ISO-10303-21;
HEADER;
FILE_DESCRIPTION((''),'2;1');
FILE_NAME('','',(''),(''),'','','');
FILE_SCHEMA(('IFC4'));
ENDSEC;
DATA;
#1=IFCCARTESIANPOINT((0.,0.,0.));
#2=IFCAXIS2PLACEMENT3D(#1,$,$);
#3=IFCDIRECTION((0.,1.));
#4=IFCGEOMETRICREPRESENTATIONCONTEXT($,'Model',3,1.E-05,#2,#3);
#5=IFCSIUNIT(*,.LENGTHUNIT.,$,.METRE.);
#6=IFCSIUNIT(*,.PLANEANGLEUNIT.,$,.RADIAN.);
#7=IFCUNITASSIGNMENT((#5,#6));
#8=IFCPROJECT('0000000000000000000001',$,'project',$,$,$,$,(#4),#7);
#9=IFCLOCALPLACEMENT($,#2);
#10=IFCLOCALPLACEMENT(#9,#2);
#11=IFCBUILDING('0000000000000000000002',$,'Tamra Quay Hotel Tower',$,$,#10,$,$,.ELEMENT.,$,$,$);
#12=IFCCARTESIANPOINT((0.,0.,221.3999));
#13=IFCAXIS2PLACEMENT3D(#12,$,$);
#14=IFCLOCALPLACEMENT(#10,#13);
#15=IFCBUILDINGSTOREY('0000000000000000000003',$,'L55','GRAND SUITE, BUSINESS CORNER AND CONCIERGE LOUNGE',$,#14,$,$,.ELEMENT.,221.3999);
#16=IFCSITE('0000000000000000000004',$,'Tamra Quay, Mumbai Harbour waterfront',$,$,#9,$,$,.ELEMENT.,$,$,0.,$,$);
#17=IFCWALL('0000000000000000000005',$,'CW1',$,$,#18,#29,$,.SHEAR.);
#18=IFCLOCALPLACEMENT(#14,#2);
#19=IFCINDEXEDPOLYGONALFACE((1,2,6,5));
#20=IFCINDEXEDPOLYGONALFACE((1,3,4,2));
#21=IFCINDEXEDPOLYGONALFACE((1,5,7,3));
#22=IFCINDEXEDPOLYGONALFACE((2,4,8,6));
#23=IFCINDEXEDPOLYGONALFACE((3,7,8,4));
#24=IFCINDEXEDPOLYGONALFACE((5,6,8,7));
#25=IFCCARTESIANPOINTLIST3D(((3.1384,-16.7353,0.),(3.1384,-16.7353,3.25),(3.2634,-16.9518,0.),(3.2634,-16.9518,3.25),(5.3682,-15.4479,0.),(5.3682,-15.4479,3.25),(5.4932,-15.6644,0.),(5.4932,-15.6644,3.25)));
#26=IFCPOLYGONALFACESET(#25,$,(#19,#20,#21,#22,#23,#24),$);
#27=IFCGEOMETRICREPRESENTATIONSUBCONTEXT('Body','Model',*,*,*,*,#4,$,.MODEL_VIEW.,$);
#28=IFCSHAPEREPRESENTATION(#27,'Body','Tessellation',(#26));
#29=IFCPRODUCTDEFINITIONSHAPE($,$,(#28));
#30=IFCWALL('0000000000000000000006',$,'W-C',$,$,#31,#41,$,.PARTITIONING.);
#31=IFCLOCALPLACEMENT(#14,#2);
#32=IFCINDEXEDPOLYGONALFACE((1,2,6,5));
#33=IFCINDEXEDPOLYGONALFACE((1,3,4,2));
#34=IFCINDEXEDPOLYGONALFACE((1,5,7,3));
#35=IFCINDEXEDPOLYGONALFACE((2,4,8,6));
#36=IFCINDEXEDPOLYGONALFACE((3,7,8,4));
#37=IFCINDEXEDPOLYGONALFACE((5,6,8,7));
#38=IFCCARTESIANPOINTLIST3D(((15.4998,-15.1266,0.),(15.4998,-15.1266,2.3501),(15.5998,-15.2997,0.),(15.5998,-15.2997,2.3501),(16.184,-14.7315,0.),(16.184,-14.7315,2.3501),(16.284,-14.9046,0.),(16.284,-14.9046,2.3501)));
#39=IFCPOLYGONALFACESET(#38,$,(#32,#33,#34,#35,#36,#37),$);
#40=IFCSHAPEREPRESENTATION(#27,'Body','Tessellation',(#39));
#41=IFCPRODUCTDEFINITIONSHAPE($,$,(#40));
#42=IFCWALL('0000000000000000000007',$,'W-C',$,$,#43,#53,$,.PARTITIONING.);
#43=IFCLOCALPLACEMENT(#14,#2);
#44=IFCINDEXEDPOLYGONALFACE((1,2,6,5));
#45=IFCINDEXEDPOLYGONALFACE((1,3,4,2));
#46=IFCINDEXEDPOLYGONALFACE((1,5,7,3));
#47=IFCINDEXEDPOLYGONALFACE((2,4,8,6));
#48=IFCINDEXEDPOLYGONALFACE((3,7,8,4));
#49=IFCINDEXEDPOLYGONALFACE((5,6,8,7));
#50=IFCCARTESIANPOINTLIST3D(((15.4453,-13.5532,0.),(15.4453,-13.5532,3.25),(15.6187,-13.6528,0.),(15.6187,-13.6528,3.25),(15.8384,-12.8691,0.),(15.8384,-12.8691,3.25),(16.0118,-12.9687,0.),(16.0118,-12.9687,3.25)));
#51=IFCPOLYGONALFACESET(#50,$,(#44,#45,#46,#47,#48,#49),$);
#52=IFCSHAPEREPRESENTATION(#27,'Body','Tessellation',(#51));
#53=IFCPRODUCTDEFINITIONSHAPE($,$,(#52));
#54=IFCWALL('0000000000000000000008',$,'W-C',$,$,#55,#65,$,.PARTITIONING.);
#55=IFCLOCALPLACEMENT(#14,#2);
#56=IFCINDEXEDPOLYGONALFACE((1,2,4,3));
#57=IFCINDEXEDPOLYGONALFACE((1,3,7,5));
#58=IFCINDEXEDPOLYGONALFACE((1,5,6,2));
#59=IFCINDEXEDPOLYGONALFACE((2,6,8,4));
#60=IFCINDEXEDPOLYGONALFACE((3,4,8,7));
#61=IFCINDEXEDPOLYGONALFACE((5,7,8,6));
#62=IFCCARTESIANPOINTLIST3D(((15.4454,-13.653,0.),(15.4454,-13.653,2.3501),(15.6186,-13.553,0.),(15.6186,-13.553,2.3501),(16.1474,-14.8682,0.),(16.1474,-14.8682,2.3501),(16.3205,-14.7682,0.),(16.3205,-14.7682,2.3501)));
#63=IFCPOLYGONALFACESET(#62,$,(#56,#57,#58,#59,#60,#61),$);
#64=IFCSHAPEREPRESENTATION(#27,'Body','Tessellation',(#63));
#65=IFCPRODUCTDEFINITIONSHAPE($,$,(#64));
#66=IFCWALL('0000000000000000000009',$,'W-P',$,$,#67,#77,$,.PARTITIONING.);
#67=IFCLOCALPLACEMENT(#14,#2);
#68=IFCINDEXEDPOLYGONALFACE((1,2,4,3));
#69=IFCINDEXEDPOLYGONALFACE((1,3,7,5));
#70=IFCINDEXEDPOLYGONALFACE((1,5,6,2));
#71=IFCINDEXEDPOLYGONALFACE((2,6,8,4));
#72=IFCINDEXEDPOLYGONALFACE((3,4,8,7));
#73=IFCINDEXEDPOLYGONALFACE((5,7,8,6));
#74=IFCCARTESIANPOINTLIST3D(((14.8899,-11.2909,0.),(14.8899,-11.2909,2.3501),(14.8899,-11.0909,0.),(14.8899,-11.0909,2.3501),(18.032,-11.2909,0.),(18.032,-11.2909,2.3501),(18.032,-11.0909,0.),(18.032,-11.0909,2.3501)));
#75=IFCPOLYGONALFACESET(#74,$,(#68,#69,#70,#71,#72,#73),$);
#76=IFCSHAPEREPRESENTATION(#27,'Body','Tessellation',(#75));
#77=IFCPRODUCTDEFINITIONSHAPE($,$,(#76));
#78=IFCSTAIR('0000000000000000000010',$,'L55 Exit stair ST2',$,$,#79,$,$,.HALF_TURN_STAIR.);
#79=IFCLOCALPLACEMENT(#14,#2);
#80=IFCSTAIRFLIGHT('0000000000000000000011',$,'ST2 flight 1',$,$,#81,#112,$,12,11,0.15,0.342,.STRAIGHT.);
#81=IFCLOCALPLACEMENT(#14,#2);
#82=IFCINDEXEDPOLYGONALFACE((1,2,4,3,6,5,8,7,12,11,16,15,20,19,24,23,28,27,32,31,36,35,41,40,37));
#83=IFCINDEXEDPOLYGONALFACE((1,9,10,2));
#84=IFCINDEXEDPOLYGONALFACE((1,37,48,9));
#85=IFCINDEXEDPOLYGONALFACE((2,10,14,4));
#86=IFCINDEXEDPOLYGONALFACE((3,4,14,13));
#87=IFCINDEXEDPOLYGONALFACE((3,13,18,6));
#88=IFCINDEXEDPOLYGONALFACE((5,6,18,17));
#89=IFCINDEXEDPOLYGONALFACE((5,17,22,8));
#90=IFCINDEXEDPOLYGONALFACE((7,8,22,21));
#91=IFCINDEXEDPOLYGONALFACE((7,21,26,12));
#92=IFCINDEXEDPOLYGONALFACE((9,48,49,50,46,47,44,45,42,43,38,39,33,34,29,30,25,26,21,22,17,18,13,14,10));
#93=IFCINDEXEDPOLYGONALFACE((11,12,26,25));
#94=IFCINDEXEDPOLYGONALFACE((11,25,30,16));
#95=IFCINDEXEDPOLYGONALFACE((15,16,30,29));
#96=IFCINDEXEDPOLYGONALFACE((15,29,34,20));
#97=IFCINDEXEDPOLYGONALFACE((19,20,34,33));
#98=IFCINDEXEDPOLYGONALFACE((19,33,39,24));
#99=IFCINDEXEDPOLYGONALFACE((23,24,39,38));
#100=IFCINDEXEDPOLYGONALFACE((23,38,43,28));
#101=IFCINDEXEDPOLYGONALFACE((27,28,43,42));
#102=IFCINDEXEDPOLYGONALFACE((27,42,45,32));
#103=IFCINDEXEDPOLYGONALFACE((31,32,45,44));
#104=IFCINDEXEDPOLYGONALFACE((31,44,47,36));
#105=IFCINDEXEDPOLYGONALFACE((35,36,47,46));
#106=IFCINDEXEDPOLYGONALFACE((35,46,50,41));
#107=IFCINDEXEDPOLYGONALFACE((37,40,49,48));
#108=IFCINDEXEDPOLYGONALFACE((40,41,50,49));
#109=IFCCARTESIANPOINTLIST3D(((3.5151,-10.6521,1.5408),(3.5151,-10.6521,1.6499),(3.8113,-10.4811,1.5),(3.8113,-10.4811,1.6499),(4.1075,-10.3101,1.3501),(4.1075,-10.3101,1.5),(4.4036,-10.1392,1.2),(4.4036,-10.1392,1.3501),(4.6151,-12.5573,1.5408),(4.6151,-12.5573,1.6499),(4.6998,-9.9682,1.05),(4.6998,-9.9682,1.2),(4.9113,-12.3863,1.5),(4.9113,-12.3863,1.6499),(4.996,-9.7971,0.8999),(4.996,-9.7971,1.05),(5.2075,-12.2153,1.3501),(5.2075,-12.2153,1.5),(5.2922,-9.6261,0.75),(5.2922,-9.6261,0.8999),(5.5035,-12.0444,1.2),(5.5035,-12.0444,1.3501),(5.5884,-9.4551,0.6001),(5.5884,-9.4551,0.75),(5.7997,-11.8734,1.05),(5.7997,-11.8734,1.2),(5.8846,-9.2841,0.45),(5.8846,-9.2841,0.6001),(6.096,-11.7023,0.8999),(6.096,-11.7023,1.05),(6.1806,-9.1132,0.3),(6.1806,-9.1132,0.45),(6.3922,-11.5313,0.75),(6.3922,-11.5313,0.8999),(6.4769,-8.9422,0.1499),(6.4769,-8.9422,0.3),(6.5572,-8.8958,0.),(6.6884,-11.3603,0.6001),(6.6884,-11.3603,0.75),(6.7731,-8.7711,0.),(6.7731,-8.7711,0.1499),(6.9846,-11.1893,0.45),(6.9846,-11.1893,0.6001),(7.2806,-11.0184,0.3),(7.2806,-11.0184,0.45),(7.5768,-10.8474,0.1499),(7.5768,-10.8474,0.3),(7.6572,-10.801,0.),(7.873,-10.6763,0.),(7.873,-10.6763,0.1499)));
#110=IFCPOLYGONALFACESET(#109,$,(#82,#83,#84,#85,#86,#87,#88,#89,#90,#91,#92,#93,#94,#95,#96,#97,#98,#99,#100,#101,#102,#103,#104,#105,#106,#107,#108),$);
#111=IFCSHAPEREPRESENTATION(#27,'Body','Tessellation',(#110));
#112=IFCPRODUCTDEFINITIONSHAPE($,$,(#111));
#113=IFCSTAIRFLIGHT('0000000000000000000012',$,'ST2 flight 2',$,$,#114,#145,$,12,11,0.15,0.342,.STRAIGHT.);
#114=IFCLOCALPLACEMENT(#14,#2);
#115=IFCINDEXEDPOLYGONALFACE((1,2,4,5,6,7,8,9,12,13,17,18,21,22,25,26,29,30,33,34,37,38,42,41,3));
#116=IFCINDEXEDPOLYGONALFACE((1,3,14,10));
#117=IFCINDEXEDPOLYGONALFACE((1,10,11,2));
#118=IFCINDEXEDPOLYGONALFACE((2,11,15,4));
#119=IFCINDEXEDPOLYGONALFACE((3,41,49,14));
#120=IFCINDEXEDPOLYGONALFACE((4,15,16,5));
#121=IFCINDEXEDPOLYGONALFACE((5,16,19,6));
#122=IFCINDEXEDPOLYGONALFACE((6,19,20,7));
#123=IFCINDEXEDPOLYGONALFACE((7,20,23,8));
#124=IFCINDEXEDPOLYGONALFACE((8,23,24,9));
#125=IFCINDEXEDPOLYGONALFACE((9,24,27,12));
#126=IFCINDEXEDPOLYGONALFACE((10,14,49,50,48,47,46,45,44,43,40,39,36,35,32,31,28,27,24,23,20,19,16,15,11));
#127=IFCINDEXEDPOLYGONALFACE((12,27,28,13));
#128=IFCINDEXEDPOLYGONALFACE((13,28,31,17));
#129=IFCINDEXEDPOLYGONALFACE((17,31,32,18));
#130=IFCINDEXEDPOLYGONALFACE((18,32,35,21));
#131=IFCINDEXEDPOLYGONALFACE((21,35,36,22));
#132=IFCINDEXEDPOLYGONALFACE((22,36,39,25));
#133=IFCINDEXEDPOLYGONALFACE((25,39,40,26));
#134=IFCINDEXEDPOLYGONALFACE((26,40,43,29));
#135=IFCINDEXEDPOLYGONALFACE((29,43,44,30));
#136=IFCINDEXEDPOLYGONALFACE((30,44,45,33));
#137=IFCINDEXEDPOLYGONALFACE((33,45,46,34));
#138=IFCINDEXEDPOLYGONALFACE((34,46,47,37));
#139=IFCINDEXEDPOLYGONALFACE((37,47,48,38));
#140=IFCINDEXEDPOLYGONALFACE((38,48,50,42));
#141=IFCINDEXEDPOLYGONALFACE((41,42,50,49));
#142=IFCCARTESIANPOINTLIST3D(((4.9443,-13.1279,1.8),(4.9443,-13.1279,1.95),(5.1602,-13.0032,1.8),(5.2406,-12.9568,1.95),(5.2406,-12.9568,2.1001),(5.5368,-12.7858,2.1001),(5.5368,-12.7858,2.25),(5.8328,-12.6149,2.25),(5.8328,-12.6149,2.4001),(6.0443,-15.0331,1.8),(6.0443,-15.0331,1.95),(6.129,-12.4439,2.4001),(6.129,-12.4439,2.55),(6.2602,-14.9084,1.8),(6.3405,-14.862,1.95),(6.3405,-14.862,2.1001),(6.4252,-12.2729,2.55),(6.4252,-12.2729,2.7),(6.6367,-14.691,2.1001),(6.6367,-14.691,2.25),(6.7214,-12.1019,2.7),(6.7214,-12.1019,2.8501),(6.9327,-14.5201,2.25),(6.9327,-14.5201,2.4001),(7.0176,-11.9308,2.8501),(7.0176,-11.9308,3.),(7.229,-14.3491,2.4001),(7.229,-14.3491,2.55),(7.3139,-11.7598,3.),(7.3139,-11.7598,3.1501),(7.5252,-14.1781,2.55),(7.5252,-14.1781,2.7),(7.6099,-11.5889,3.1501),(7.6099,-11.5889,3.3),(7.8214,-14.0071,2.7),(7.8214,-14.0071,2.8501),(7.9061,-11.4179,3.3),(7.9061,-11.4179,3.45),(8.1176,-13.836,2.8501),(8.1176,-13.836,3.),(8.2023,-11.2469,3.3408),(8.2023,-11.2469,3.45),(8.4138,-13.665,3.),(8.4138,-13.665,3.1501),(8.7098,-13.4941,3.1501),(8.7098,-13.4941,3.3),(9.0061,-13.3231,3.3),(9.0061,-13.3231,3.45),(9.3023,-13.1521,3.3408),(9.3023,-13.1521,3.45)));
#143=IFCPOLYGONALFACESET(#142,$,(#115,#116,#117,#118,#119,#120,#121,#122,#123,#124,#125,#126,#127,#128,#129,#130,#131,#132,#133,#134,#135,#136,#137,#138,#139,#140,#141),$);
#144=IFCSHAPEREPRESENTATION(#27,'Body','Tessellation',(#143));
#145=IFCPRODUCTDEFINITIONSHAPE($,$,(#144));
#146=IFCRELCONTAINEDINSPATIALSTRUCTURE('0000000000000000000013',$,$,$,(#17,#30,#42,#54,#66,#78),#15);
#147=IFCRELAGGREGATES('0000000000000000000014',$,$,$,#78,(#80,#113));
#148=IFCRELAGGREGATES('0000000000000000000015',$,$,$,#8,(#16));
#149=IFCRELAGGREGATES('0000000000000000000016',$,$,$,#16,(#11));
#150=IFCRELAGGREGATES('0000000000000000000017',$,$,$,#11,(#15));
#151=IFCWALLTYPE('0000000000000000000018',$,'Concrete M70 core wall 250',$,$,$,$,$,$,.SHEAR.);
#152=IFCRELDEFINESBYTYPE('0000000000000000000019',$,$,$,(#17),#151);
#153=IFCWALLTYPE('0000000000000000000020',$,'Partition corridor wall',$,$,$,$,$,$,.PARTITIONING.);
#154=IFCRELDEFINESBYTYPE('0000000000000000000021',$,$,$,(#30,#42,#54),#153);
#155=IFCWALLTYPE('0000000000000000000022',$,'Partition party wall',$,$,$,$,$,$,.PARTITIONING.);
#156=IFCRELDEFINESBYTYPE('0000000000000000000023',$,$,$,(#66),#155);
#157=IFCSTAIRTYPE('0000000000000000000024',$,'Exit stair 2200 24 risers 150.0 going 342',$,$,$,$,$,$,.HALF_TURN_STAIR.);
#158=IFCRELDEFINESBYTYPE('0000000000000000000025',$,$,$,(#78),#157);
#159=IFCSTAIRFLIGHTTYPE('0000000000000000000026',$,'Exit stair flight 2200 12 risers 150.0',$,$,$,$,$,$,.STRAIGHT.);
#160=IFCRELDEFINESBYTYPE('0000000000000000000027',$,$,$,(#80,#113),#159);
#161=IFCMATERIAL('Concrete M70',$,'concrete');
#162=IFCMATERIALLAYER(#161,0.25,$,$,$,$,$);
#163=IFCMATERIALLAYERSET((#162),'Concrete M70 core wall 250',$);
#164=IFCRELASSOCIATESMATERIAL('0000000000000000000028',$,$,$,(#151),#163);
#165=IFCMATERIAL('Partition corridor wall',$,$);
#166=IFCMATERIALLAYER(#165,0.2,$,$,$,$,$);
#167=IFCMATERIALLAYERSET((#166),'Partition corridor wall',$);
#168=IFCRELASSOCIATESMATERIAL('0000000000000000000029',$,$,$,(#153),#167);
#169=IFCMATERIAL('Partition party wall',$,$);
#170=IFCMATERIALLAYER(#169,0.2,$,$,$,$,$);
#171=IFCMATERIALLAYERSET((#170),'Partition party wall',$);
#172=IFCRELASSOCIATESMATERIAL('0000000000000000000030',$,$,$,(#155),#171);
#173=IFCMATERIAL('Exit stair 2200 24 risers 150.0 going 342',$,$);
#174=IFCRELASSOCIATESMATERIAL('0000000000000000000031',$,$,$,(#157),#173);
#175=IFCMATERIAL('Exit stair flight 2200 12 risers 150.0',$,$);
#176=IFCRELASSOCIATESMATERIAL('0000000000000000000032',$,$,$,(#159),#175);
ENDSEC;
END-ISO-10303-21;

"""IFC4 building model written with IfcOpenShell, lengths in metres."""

from ifc_helpers import new_model, si_unit, direction, frame, frame_2d, origin, place, context, subcontext, project, spatial, polyline, rectangle, outline, extrude, material, layer, layer_set, type_object, element, aggregate, save


model = new_model("IFC4")

# Units and contexts
model_context = context("Model", 3, precision=1e-05, world=origin(), true_north=direction((0.0, 1.0)))
body_context = subcontext(model_context, "Body", "Model", "MODEL_VIEW")
ifc_project = project(units=[si_unit("LENGTHUNIT", "METRE"), si_unit("PLANEANGLEUNIT", "RADIAN")], contexts=[model_context])

# Site, building, storey
site_placement = place(None, origin())
site = spatial("IfcSite", under=ifc_project, at=site_placement, Name="Tamra Quay, Mumbai Harbour waterfront", CompositionType="ELEMENT", RefElevation=0.0)
building_placement = place(site_placement, origin())
building = spatial("IfcBuilding", under=site, at=building_placement, Name="Tamra Quay Hotel Tower", CompositionType="ELEMENT")
storey_placement = place(building_placement, frame((0.0, 0.0, 221.3999)))
storey = spatial("IfcBuildingStorey", under=building, at=storey_placement, Name="L55", Description="GRAND SUITE, BUSINESS CORNER AND CONCIERGE LOUNGE", CompositionType="ELEMENT", Elevation=221.3999)

# Shared definitions
ifc_material_1 = material(Name="Concrete M70", Category="concrete")

# Shared definitions
ifc_layer_1 = layer(ifc_material_1, 0.25)
ifc_layer_set_1 = layer_set([ifc_layer_1], Name="Concrete M70 core wall 250")
wall_type_1 = type_object("IfcWallType", Name="Concrete M70 core wall 250", PredefinedType="SHEAR", material=ifc_layer_set_1)

# Walls
wall_1_placement = place(storey_placement, frame((5.4307, -15.5562, 0.0), z_axis=(0.0, 0.0, 1.0), x_axis=(-0.866023, -0.500004, 0.0)))
element("IfcWall", 1, at=wall_1_placement, inside=storey, type_object=wall_type_1, Name="CW1", PredefinedType="SHEAR", context=body_context, shape_type="SweptSolid", body=[
    extrude(rectangle(XDim=2.5747, YDim=0.25, at=frame_2d((1.2874, 0.0))), origin(), (0.0, 0.0, 1.0), 3.25),
])
ifc_material_2 = material(Name="Partition corridor wall")
ifc_layer_2 = layer(ifc_material_2, 0.2)
ifc_layer_set_2 = layer_set([ifc_layer_2], Name="Partition corridor wall")
wall_type_2 = type_object("IfcWallType", Name="Partition corridor wall", PredefinedType="PARTITIONING", material=ifc_layer_set_2)
wall_2_placement = place(storey_placement, frame((15.5498, -15.2131, 0.0), z_axis=(0.0, 0.0, 1.0), x_axis=(0.86599, 0.500061, 0.0)))
element("IfcWall", 2, at=wall_2_placement, inside=storey, type_object=wall_type_2, Name="W-C", PredefinedType="PARTITIONING", context=body_context, shape_type="SweptSolid", body=[
    extrude(rectangle(XDim=0.79, YDim=0.2, at=frame_2d((0.395, 0.0))), origin(), (0.0, 0.0, 1.0), 2.3501),
])
wall_3_placement = place(storey_placement, frame((15.532, -13.603, 0.0), z_axis=(0.0, 0.0, 1.0), x_axis=(0.498204, 0.86706, 0.0)))
element("IfcWall", 3, at=wall_3_placement, inside=storey, type_object=wall_type_2, Name="W-C", PredefinedType="PARTITIONING", context=body_context, shape_type="SweptSolid", body=[
    extrude(rectangle(XDim=0.7891, YDim=0.2, at=frame_2d((0.3945, 0.0))), origin(), (0.0, 0.0, 1.0), 3.25),
])
wall_4_placement = place(storey_placement, frame((15.532, -13.603, 0.0), z_axis=(0.0, 0.0, 1.0), x_axis=(0.500199, -0.86591, 0.0)))
element("IfcWall", 4, at=wall_4_placement, inside=storey, type_object=wall_type_2, Name="W-C", PredefinedType="PARTITIONING", context=body_context, shape_type="SweptSolid", body=[
    extrude(rectangle(XDim=1.4033, YDim=0.2, at=frame_2d((0.7017, 0.0))), origin(), (0.0, 0.0, 1.0), 2.3501),
])
ifc_material_3 = material(Name="Partition party wall")
ifc_layer_3 = layer(ifc_material_3, 0.2)
ifc_layer_set_3 = layer_set([ifc_layer_3], Name="Partition party wall")
wall_type_3 = type_object("IfcWallType", Name="Partition party wall", PredefinedType="PARTITIONING", material=ifc_layer_set_3)
wall_5_placement = place(storey_placement, frame((14.8899, -11.1909, 0.0), z_axis=(0.0, 0.0, 1.0), x_axis=(1.0, 0.0, 0.0)))
element("IfcWall", 5, at=wall_5_placement, inside=storey, type_object=wall_type_3, Name="W-P", PredefinedType="PARTITIONING", context=body_context, shape_type="SweptSolid", body=[
    extrude(rectangle(XDim=3.1421, YDim=0.2, at=frame_2d((1.571, 0.0))), origin(), (0.0, 0.0, 1.0), 2.3501),
])

# Stair, stair flights
ifc_material_4 = material(Name="Exit stair 2200 24 risers 150.0 going 342")
stair_type = type_object("IfcStairType", Name="Exit stair 2200 24 risers 150.0 going 342", PredefinedType="HALF_TURN_STAIR", material=ifc_material_4)
stair_placement = place(storey_placement, origin())
stair = element("IfcStair", 6, at=stair_placement, inside=storey, type_object=stair_type, Name="L55 Exit stair ST2", PredefinedType="HALF_TURN_STAIR")
ifc_material_5 = material(Name="Exit stair flight 2200 12 risers 150.0")
stair_flight_type = type_object("IfcStairFlightType", Name="Exit stair flight 2200 12 risers 150.0", PredefinedType="STRAIGHT", material=ifc_material_5)
stair_flight_1_placement = place(storey_placement, frame((7.323, -9.7236, 0.0), z_axis=(0.0, 0.0, 1.0), x_axis=(-0.866025, -0.5, 0.0)))
stair_flight_1 = element("IfcStairFlight", 7, at=stair_flight_1_placement, type_object=stair_flight_type, Name="ST2 flight 1", NumberOfRisers=12, NumberOfTreads=11, PredefinedType="STRAIGHT", RiserHeight=0.15, TreadLength=0.342, context=body_context, shape_type="SweptSolid", body=[
    extrude(outline(polyline([(0.0, 0.0), (0.0, 0.1499), (0.342, 0.1499), (0.342, 0.3), (0.6841, 0.3), (0.6841, 0.45), (1.0259, 0.45), (1.0259, 0.6001), (1.3679, 0.6001), (1.3679, 0.75), (1.71, 0.75), (1.71, 0.8999), (2.052, 0.8999), (2.052, 1.05), (2.394, 1.05), (2.394, 1.2), (2.7361, 1.2), (2.7361, 1.3501), (3.0779, 1.3501), (3.0779, 1.5), (3.4199, 1.5), (3.4199, 1.6499), (3.762, 1.6499), (3.762, 1.8), (3.762, 1.5408), (0.2493, 0.0), (0.0, 0.0)])), frame((0.0, 1.1001, 0.0), z_axis=(0.0, -1.0, 0.0), x_axis=(1.0, 0.0, 0.0)), (0.0, 0.0, 1.0), 2.2),
])
stair_flight_2_placement = place(storey_placement, frame((5.4944, -14.0806, 1.8), z_axis=(0.0, 0.0, 1.0), x_axis=(0.866025, 0.5, 0.0)))
stair_flight_2 = element("IfcStairFlight", 8, at=stair_flight_2_placement, type_object=stair_flight_type, Name="ST2 flight 2", NumberOfRisers=12, NumberOfTreads=11, PredefinedType="STRAIGHT", RiserHeight=0.15, TreadLength=0.342, context=body_context, shape_type="SweptSolid", body=[
    extrude(outline(polyline([(0.0, 0.0), (0.0, 0.1499), (0.342, 0.1499), (0.342, 0.3), (0.6841, 0.3), (0.6841, 0.45), (1.0259, 0.45), (1.0259, 0.6001), (1.3679, 0.6001), (1.3679, 0.75), (1.71, 0.75), (1.71, 0.8999), (2.052, 0.8999), (2.052, 1.05), (2.394, 1.05), (2.394, 1.2), (2.7361, 1.2), (2.7361, 1.3501), (3.0779, 1.3501), (3.0779, 1.5), (3.4199, 1.5), (3.4199, 1.6499), (3.762, 1.6499), (3.762, 1.8), (3.762, 1.5408), (0.2493, 0.0), (0.0, 0.0)])), frame((0.0, 1.1001, 0.0), z_axis=(0.0, -1.0, 0.0), x_axis=(1.0, 0.0, 0.0)), (0.0, 0.0, 1.0), 2.2),
])
aggregate(stair, [stair_flight_1, stair_flight_2])

save(model, "model.ifc")
